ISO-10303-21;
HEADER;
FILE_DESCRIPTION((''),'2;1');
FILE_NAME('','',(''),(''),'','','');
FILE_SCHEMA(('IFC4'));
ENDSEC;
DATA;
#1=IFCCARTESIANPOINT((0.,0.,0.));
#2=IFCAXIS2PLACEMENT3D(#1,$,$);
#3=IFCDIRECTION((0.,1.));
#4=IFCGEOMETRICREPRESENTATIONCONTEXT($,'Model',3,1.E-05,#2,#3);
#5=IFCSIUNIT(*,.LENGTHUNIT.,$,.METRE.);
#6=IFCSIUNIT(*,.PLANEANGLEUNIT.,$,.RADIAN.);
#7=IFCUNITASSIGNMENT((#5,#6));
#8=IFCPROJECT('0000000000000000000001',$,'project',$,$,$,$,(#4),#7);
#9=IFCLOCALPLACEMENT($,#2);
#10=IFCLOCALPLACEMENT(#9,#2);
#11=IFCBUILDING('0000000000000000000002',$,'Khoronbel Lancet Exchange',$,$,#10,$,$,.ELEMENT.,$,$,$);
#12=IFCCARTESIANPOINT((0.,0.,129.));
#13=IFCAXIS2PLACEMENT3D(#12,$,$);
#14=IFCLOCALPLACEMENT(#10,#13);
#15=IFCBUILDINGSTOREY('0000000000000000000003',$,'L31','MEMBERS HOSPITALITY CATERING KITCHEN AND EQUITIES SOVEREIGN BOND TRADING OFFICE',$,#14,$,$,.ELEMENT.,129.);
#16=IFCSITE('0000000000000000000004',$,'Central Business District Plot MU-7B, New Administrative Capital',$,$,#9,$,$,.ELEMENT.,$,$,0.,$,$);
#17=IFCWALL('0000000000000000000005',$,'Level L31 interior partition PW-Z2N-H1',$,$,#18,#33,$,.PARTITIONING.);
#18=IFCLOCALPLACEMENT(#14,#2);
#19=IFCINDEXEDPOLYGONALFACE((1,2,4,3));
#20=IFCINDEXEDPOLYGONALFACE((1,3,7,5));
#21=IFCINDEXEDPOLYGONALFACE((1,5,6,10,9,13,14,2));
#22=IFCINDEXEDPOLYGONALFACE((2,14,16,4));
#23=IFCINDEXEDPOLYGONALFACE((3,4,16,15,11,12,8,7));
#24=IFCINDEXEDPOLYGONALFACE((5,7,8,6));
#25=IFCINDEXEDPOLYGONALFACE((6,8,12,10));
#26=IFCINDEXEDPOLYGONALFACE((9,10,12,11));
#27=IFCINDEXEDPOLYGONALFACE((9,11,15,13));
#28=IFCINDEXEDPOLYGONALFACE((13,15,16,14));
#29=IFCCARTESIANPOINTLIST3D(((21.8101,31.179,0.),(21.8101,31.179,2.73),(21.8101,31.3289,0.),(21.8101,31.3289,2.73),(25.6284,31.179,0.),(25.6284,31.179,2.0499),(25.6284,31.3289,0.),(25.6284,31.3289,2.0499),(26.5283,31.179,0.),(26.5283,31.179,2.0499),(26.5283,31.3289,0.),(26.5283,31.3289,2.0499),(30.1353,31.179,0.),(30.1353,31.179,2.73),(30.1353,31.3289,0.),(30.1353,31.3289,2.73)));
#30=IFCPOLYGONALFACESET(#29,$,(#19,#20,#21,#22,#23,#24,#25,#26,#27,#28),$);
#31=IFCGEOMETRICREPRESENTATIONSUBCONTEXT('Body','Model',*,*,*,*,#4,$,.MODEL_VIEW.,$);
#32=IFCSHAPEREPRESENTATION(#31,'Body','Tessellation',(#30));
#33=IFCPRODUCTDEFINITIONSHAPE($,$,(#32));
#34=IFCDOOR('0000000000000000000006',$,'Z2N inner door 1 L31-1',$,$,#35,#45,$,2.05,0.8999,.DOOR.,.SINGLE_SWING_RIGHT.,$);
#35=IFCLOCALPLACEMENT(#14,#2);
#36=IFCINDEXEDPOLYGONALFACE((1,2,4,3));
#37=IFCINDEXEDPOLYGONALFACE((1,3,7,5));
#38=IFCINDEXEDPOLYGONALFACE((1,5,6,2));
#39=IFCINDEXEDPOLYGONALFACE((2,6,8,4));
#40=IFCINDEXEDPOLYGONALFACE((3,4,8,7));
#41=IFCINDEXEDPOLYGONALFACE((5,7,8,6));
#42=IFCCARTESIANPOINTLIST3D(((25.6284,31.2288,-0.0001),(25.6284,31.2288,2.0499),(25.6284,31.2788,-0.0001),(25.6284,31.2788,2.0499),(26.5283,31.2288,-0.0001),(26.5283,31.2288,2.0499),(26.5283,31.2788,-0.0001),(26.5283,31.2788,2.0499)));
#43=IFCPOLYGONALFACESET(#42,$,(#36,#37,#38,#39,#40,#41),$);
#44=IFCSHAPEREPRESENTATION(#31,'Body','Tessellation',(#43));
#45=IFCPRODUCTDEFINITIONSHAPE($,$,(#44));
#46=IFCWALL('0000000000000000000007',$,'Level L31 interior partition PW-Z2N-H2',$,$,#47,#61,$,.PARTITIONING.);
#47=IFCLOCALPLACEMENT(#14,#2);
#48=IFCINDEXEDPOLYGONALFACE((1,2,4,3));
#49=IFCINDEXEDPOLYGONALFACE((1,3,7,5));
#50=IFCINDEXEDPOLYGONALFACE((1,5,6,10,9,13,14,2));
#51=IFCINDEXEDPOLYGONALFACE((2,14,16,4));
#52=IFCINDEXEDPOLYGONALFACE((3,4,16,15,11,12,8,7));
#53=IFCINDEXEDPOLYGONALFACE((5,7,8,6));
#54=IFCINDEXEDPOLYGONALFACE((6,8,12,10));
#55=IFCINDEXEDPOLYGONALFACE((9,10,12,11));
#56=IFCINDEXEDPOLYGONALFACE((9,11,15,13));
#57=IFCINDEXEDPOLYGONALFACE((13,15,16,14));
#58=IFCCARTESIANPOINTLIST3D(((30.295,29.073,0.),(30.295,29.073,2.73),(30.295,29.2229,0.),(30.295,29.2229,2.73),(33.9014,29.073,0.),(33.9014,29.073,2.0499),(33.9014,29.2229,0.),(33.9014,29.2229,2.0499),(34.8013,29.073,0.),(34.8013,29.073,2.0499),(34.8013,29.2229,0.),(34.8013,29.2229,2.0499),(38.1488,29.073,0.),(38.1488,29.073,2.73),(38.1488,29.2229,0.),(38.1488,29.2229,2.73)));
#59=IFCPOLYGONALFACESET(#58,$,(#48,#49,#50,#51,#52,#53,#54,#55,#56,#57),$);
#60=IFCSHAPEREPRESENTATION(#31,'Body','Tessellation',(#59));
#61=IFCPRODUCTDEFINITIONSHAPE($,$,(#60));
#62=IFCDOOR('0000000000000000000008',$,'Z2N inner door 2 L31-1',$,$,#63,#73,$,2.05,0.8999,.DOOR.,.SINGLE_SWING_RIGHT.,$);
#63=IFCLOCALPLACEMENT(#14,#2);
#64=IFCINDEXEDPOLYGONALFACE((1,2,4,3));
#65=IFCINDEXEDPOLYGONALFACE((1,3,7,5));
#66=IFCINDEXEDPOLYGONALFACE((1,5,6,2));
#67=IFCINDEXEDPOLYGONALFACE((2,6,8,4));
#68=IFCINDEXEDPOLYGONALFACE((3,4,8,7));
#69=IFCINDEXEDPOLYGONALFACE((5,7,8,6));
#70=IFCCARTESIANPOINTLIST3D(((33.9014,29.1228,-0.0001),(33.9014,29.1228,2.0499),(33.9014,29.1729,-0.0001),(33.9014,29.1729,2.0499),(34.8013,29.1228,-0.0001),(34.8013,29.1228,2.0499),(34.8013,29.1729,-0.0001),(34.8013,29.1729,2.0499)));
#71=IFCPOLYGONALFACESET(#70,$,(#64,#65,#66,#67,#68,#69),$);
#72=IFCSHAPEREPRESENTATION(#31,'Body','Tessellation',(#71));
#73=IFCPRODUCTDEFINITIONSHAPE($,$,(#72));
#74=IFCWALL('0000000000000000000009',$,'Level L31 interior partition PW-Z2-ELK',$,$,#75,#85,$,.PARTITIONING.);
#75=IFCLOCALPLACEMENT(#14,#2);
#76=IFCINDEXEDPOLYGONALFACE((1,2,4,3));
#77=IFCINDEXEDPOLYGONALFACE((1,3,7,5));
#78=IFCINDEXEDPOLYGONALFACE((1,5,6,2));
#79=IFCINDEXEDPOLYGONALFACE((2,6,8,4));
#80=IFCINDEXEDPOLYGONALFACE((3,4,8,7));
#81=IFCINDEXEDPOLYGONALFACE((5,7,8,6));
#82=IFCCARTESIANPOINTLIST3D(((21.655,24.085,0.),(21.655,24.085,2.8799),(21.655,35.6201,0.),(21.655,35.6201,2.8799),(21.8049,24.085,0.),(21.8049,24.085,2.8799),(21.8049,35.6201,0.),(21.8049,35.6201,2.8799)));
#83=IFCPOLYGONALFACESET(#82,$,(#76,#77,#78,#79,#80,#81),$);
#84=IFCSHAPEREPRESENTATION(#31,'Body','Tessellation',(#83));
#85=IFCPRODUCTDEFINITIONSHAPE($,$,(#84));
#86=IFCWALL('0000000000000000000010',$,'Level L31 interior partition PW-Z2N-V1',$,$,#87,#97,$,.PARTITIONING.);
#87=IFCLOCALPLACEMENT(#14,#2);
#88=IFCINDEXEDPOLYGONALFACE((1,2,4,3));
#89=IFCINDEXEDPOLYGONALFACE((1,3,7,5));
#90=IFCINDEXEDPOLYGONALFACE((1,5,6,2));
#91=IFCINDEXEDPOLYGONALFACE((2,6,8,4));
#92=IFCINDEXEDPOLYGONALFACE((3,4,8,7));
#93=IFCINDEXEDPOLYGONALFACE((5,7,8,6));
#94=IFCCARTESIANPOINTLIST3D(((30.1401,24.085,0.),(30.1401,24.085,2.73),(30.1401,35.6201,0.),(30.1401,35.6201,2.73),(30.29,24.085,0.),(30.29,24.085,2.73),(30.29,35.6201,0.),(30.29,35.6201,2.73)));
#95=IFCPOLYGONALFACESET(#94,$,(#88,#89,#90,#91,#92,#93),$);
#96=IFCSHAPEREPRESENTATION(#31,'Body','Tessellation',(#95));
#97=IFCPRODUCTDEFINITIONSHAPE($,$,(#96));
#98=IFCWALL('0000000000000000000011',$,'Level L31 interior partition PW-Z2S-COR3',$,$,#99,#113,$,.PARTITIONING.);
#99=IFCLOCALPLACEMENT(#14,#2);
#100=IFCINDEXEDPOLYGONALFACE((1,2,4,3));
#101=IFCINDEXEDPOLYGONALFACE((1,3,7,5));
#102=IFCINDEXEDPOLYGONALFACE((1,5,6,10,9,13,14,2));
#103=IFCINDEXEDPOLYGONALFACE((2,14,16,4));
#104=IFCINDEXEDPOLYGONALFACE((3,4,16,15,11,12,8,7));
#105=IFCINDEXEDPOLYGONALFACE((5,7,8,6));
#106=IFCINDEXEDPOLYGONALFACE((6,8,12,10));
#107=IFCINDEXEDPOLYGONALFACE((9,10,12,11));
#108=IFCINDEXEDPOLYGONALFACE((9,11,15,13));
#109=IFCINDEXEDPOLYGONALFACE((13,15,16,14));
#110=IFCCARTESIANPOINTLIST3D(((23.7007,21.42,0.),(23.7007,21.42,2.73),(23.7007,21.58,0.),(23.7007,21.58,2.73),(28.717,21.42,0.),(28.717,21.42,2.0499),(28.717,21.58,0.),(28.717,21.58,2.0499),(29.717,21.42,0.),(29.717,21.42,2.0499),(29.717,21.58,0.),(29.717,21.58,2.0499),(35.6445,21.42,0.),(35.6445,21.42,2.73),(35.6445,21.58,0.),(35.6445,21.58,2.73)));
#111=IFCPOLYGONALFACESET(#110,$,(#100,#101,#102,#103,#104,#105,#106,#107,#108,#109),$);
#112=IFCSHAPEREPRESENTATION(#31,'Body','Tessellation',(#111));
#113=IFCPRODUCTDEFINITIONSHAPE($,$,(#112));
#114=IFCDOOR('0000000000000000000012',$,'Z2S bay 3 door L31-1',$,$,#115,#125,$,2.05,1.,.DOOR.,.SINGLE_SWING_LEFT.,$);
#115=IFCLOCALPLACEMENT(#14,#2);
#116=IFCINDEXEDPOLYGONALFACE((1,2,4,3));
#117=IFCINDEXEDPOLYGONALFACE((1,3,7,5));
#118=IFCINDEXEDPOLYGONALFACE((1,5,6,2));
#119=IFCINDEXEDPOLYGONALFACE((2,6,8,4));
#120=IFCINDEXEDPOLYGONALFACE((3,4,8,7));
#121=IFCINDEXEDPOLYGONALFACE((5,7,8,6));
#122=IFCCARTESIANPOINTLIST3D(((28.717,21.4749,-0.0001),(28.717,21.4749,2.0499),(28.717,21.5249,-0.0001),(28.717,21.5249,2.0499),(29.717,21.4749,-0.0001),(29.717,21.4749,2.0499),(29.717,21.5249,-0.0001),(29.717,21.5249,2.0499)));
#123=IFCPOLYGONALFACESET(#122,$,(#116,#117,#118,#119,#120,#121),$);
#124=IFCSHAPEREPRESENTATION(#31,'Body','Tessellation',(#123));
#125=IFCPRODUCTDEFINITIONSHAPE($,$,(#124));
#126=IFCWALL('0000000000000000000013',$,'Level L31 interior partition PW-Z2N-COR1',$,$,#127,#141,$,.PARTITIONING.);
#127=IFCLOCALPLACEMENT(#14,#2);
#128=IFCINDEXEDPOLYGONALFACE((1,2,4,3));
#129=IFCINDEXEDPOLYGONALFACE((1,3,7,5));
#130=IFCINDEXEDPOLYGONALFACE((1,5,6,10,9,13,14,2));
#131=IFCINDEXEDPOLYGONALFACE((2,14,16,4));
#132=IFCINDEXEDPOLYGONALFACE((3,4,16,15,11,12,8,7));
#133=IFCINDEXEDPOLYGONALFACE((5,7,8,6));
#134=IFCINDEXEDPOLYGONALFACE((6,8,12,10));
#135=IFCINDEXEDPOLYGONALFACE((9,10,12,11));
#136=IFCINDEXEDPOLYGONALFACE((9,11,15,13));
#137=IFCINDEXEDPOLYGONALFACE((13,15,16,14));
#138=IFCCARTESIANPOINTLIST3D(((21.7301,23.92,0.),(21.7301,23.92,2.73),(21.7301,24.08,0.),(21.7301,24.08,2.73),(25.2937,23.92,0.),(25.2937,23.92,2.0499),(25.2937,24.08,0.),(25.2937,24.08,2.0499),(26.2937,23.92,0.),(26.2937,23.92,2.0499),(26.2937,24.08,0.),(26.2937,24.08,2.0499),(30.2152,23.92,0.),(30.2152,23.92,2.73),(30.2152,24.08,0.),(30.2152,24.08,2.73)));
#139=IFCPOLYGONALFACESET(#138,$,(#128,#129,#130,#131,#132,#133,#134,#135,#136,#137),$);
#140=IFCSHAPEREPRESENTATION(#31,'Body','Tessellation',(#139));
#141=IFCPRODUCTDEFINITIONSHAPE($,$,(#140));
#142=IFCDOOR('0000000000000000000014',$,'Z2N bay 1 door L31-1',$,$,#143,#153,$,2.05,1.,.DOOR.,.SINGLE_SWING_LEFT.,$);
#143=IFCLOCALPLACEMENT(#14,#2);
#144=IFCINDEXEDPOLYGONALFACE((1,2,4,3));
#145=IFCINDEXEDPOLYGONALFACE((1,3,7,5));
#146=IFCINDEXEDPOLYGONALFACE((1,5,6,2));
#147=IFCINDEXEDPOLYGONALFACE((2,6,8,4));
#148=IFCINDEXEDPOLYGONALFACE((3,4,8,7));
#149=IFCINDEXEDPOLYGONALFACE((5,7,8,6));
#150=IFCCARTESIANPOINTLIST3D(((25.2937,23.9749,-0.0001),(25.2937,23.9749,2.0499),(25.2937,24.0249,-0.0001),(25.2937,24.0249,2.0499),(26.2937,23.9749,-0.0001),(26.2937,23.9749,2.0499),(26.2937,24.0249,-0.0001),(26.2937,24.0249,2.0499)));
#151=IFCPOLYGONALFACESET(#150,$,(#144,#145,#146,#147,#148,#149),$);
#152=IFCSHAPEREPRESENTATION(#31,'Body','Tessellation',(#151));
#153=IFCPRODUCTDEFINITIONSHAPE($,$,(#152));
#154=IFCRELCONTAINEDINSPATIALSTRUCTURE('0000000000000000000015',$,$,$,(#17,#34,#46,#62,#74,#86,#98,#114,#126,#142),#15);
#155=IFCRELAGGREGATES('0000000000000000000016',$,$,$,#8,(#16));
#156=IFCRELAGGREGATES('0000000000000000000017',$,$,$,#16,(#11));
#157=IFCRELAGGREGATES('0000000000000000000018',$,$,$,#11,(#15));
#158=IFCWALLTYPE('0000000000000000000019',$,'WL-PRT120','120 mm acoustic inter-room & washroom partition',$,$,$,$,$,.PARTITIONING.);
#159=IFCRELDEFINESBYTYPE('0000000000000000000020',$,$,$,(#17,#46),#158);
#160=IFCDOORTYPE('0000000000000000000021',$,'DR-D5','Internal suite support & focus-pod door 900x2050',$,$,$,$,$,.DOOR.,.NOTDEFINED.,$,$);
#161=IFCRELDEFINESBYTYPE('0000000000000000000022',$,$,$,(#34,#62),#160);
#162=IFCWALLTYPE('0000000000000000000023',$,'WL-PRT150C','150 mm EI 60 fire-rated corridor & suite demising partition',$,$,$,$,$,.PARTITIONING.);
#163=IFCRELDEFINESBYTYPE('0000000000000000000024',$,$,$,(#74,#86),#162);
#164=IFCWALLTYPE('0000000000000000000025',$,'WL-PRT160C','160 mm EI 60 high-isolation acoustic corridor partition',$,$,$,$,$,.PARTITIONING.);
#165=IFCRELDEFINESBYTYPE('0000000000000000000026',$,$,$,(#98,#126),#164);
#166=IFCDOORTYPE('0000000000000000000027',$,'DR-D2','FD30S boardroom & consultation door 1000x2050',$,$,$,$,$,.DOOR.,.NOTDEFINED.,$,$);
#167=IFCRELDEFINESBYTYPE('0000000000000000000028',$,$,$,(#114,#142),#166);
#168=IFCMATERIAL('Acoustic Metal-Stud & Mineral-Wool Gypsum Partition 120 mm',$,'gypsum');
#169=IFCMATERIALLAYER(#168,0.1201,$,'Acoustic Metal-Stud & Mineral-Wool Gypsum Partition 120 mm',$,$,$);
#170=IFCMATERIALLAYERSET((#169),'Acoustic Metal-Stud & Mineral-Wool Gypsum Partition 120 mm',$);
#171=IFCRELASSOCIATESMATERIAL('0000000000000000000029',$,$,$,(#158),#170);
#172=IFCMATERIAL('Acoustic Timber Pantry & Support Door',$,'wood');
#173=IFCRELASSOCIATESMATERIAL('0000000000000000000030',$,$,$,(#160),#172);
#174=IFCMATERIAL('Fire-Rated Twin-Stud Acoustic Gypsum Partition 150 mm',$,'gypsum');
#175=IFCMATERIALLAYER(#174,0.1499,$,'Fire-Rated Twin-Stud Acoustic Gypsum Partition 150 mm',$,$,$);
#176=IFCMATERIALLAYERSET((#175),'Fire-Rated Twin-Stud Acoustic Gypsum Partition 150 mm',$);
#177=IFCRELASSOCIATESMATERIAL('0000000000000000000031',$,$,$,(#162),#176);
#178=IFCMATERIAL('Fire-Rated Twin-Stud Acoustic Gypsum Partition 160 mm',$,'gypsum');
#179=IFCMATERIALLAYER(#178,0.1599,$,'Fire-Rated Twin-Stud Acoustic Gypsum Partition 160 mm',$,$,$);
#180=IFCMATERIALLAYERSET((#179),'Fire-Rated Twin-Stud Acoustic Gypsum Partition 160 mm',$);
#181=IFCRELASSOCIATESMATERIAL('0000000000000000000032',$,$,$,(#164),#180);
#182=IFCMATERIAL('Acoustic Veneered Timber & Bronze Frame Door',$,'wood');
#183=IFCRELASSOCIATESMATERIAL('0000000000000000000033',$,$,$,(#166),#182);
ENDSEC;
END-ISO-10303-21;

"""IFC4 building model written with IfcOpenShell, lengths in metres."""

from ifc_helpers import new_model, si_unit, direction, frame, frame_2d, origin, place, context, subcontext, project, spatial, rectangle, extrude, material, layer, layer_set, type_object, element, fill, save


model = new_model("IFC4")

# Units and contexts
model_context = context("Model", 3, precision=1e-05, world=origin(), true_north=direction((0.0, 1.0)))
body_context = subcontext(model_context, "Body", "Model", "MODEL_VIEW")
ifc_project = project(units=[si_unit("LENGTHUNIT", "METRE"), si_unit("PLANEANGLEUNIT", "RADIAN")], contexts=[model_context])

# Site, building, storey
site_placement = place(None, origin())
site = spatial("IfcSite", under=ifc_project, at=site_placement, Name="Central Business District Plot MU-7B, New Administrative Capital", CompositionType="ELEMENT", RefElevation=0.0)
building_placement = place(site_placement, origin())
building = spatial("IfcBuilding", under=site, at=building_placement, Name="Khoronbel Lancet Exchange", CompositionType="ELEMENT")
storey_placement = place(building_placement, frame((0.0, 0.0, 129.0)))
storey = spatial("IfcBuildingStorey", under=building, at=storey_placement, Name="L31", Description="MEMBERS HOSPITALITY CATERING KITCHEN AND EQUITIES SOVEREIGN BOND TRADING OFFICE", CompositionType="ELEMENT", Elevation=129.0)

# Walls, openings, doors
ifc_material_1 = material(Name="Acoustic Metal-Stud & Mineral-Wool Gypsum Partition 120 mm", Category="gypsum")
ifc_layer_1 = layer(ifc_material_1, 0.1201, Name="Acoustic Metal-Stud & Mineral-Wool Gypsum Partition 120 mm")
ifc_layer_set_1 = layer_set([ifc_layer_1], Name="Acoustic Metal-Stud & Mineral-Wool Gypsum Partition 120 mm")
wall_type_1 = type_object("IfcWallType", Name="WL-PRT120", Description="120 mm acoustic inter-room & washroom partition", PredefinedType="PARTITIONING", material=ifc_layer_set_1)
ifc_material_2 = material(Name="Acoustic Timber Pantry & Support Door", Category="wood")
door_type_1 = type_object("IfcDoorType", Name="DR-D5", Description="Internal suite support & focus-pod door 900x2050", OperationType="NOTDEFINED", PredefinedType="DOOR", material=ifc_material_2)
wall_1_placement = place(storey_placement, frame((21.8101, 31.2539, 0.0), z_axis=(0.0, 0.0, 1.0), x_axis=(1.0, 0.0, 0.0)))
wall_1 = element("IfcWall", 1, at=wall_1_placement, inside=storey, type_object=wall_type_1, Name="Level L31 interior partition PW-Z2N-H1", PredefinedType="PARTITIONING", context=body_context, shape_type="SweptSolid", body=[
    extrude(rectangle(XDim=8.3252, YDim=0.1499, at=frame_2d((4.1626, 0.0))), origin(), (0.0, 0.0, 1.0), 2.73),
])
opening_1_placement = place(wall_1_placement, frame((3.8184, 0.0, 0.0)))
opening_1 = element("IfcOpeningElement", 2, at=opening_1_placement, cuts=wall_1, PredefinedType="OPENING", context=body_context, shape_type="SweptSolid", body=[
    extrude(rectangle(XDim=0.8999, YDim=2.05, at=frame_2d((0.45, 1.0249))), frame((0.0, 0.085, 0.0), z_axis=(0.0, -1.0, 0.0), x_axis=(1.0, 0.0, 0.0)), (0.0, 0.0, 1.0), 0.1699),
])
door_1_placement = place(opening_1_placement, origin())
door_1 = element("IfcDoor", 3, at=door_1_placement, inside=storey, type_object=door_type_1, Name="Z2N inner door 1 L31-1", OperationType="SINGLE_SWING_RIGHT", OverallHeight=2.05, OverallWidth=0.8999, PredefinedType="DOOR", context=body_context, shape_type="SweptSolid", body=[
    extrude(rectangle(XDim=0.8999, YDim=2.05, at=frame_2d((0.45, 1.0249))), frame((0.0, 0.0249, 0.0), z_axis=(0.0, -1.0, 0.0), x_axis=(1.0, 0.0, 0.0)), (0.0, 0.0, 1.0), 0.05),
])
fill(opening_1, door_1)
wall_2_placement = place(storey_placement, frame((30.2952, 29.1479, 0.0), z_axis=(0.0, 0.0, 1.0), x_axis=(1.0, 0.0, 0.0)))
wall_2 = element("IfcWall", 4, at=wall_2_placement, inside=storey, type_object=wall_type_1, Name="Level L31 interior partition PW-Z2N-H2", PredefinedType="PARTITIONING", context=body_context, shape_type="SweptSolid", body=[
    extrude(rectangle(XDim=7.8538, YDim=0.1499, at=frame_2d((3.9268, 0.0))), origin(), (0.0, 0.0, 1.0), 2.73),
])
opening_2_placement = place(wall_2_placement, frame((3.6062, 0.0, 0.0)))
opening_2 = element("IfcOpeningElement", 5, at=opening_2_placement, cuts=wall_2, PredefinedType="OPENING", context=body_context, shape_type="SweptSolid", body=[
    extrude(rectangle(XDim=0.8999, YDim=2.05, at=frame_2d((0.45, 1.0249))), frame((0.0, 0.085, 0.0), z_axis=(0.0, -1.0, 0.0), x_axis=(1.0, 0.0, 0.0)), (0.0, 0.0, 1.0), 0.1699),
])
door_2_placement = place(opening_2_placement, origin())
door_2 = element("IfcDoor", 6, at=door_2_placement, inside=storey, type_object=door_type_1, Name="Z2N inner door 2 L31-1", OperationType="SINGLE_SWING_RIGHT", OverallHeight=2.05, OverallWidth=0.8999, PredefinedType="DOOR", context=body_context, shape_type="SweptSolid", body=[
    extrude(rectangle(XDim=0.8999, YDim=2.05, at=frame_2d((0.45, 1.0249))), frame((0.0, 0.0249, 0.0), z_axis=(0.0, -1.0, 0.0), x_axis=(1.0, 0.0, 0.0)), (0.0, 0.0, 1.0), 0.05),
])
fill(opening_2, door_2)

# Walls
ifc_material_3 = material(Name="Fire-Rated Twin-Stud Acoustic Gypsum Partition 150 mm", Category="gypsum")
ifc_layer_2 = layer(ifc_material_3, 0.1499, Name="Fire-Rated Twin-Stud Acoustic Gypsum Partition 150 mm")
ifc_layer_set_2 = layer_set([ifc_layer_2], Name="Fire-Rated Twin-Stud Acoustic Gypsum Partition 150 mm")
wall_type_2 = type_object("IfcWallType", Name="WL-PRT150C", Description="150 mm EI 60 fire-rated corridor & suite demising partition", PredefinedType="PARTITIONING", material=ifc_layer_set_2)
wall_3_placement = place(storey_placement, frame((21.73, 24.085, 0.0), z_axis=(0.0, 0.0, 1.0), x_axis=(0.0, 1.0, 0.0)))
element("IfcWall", 7, at=wall_3_placement, inside=storey, type_object=wall_type_2, Name="Level L31 interior partition PW-Z2-ELK", PredefinedType="PARTITIONING", context=body_context, shape_type="SweptSolid", body=[
    extrude(rectangle(XDim=11.5352, YDim=0.1499, at=frame_2d((5.7676, 0.0))), origin(), (0.0, 0.0, 1.0), 2.8799),
])
wall_4_placement = place(storey_placement, frame((30.2151, 24.085, 0.0), z_axis=(0.0, 0.0, 1.0), x_axis=(0.0, 1.0, 0.0)))
element("IfcWall", 8, at=wall_4_placement, inside=storey, type_object=wall_type_2, Name="Level L31 interior partition PW-Z2N-V1", PredefinedType="PARTITIONING", context=body_context, shape_type="SweptSolid", body=[
    extrude(rectangle(XDim=11.5352, YDim=0.1499, at=frame_2d((5.7676, 0.0))), origin(), (0.0, 0.0, 1.0), 2.73),
])

# Walls, openings, doors
ifc_material_4 = material(Name="Fire-Rated Twin-Stud Acoustic Gypsum Partition 160 mm", Category="gypsum")
ifc_layer_3 = layer(ifc_material_4, 0.1599, Name="Fire-Rated Twin-Stud Acoustic Gypsum Partition 160 mm")
ifc_layer_set_3 = layer_set([ifc_layer_3], Name="Fire-Rated Twin-Stud Acoustic Gypsum Partition 160 mm")
wall_type_3 = type_object("IfcWallType", Name="WL-PRT160C", Description="160 mm EI 60 high-isolation acoustic corridor partition", PredefinedType="PARTITIONING", material=ifc_layer_set_3)
wall_5_placement = place(storey_placement, frame((23.7007, 21.5, 0.0), z_axis=(0.0, 0.0, 1.0), x_axis=(1.0, 0.0, 0.0)))
wall_5 = element("IfcWall", 9, at=wall_5_placement, inside=storey, type_object=wall_type_3, Name="Level L31 interior partition PW-Z2S-COR3", PredefinedType="PARTITIONING", context=body_context, shape_type="SweptSolid", body=[
    extrude(rectangle(XDim=11.9438, YDim=0.1599, at=frame_2d((5.9719, 0.0))), origin(), (0.0, 0.0, 1.0), 2.73),
])
opening_3_placement = place(wall_5_placement, frame((5.0164, 0.0, 0.0)))
opening_3 = element("IfcOpeningElement", 10, at=opening_3_placement, cuts=wall_5, PredefinedType="OPENING", context=body_context, shape_type="SweptSolid", body=[
    extrude(rectangle(XDim=1.0, YDim=2.05, at=frame_2d((0.5, 1.0249))), frame((0.0, 0.0898, 0.0), z_axis=(0.0, -1.0, 0.0), x_axis=(1.0, 0.0, 0.0)), (0.0, 0.0, 1.0), 0.1799),
])
ifc_material_5 = material(Name="Acoustic Veneered Timber & Bronze Frame Door", Category="wood")
door_type_2 = type_object("IfcDoorType", Name="DR-D2", Description="FD30S boardroom & consultation door 1000x2050", OperationType="NOTDEFINED", PredefinedType="DOOR", material=ifc_material_5)
door_3_placement = place(opening_3_placement, origin())
door_3 = element("IfcDoor", 11, at=door_3_placement, inside=storey, type_object=door_type_2, Name="Z2S bay 3 door L31-1", OperationType="SINGLE_SWING_LEFT", OverallHeight=2.05, OverallWidth=1.0, PredefinedType="DOOR", context=body_context, shape_type="SweptSolid", body=[
    extrude(rectangle(XDim=1.0, YDim=2.05, at=frame_2d((0.5, 1.0249))), frame((0.0, 0.0249, 0.0), z_axis=(0.0, -1.0, 0.0), x_axis=(1.0, 0.0, 0.0)), (0.0, 0.0, 1.0), 0.05),
])
fill(opening_3, door_3)
wall_6_placement = place(storey_placement, frame((21.73, 24.0, 0.0), z_axis=(0.0, 0.0, 1.0), x_axis=(1.0, 0.0, 0.0)))
wall_6 = element("IfcWall", 12, at=wall_6_placement, inside=storey, type_object=wall_type_3, Name="Level L31 interior partition PW-Z2N-COR1", PredefinedType="PARTITIONING", context=body_context, shape_type="SweptSolid", body=[
    extrude(rectangle(XDim=8.4851, YDim=0.1599, at=frame_2d((4.2427, 0.0))), origin(), (0.0, 0.0, 1.0), 2.73),
])
opening_4_placement = place(wall_6_placement, frame((3.5637, 0.0, 0.0)))
opening_4 = element("IfcOpeningElement", 13, at=opening_4_placement, cuts=wall_6, PredefinedType="OPENING", context=body_context, shape_type="SweptSolid", body=[
    extrude(rectangle(XDim=1.0, YDim=2.05, at=frame_2d((0.5, 1.0249))), frame((0.0, 0.0898, 0.0), z_axis=(0.0, -1.0, 0.0), x_axis=(1.0, 0.0, 0.0)), (0.0, 0.0, 1.0), 0.1799),
])
door_4_placement = place(opening_4_placement, origin())
door_4 = element("IfcDoor", 14, at=door_4_placement, inside=storey, type_object=door_type_2, Name="Z2N bay 1 door L31-1", OperationType="SINGLE_SWING_LEFT", OverallHeight=2.05, OverallWidth=1.0, PredefinedType="DOOR", context=body_context, shape_type="SweptSolid", body=[
    extrude(rectangle(XDim=1.0, YDim=2.05, at=frame_2d((0.5, 1.0249))), frame((0.0, 0.0249, 0.0), z_axis=(0.0, -1.0, 0.0), x_axis=(1.0, 0.0, 0.0)), (0.0, 0.0, 1.0), 0.05),
])
fill(opening_4, door_4)

save(model, "model.ifc")
